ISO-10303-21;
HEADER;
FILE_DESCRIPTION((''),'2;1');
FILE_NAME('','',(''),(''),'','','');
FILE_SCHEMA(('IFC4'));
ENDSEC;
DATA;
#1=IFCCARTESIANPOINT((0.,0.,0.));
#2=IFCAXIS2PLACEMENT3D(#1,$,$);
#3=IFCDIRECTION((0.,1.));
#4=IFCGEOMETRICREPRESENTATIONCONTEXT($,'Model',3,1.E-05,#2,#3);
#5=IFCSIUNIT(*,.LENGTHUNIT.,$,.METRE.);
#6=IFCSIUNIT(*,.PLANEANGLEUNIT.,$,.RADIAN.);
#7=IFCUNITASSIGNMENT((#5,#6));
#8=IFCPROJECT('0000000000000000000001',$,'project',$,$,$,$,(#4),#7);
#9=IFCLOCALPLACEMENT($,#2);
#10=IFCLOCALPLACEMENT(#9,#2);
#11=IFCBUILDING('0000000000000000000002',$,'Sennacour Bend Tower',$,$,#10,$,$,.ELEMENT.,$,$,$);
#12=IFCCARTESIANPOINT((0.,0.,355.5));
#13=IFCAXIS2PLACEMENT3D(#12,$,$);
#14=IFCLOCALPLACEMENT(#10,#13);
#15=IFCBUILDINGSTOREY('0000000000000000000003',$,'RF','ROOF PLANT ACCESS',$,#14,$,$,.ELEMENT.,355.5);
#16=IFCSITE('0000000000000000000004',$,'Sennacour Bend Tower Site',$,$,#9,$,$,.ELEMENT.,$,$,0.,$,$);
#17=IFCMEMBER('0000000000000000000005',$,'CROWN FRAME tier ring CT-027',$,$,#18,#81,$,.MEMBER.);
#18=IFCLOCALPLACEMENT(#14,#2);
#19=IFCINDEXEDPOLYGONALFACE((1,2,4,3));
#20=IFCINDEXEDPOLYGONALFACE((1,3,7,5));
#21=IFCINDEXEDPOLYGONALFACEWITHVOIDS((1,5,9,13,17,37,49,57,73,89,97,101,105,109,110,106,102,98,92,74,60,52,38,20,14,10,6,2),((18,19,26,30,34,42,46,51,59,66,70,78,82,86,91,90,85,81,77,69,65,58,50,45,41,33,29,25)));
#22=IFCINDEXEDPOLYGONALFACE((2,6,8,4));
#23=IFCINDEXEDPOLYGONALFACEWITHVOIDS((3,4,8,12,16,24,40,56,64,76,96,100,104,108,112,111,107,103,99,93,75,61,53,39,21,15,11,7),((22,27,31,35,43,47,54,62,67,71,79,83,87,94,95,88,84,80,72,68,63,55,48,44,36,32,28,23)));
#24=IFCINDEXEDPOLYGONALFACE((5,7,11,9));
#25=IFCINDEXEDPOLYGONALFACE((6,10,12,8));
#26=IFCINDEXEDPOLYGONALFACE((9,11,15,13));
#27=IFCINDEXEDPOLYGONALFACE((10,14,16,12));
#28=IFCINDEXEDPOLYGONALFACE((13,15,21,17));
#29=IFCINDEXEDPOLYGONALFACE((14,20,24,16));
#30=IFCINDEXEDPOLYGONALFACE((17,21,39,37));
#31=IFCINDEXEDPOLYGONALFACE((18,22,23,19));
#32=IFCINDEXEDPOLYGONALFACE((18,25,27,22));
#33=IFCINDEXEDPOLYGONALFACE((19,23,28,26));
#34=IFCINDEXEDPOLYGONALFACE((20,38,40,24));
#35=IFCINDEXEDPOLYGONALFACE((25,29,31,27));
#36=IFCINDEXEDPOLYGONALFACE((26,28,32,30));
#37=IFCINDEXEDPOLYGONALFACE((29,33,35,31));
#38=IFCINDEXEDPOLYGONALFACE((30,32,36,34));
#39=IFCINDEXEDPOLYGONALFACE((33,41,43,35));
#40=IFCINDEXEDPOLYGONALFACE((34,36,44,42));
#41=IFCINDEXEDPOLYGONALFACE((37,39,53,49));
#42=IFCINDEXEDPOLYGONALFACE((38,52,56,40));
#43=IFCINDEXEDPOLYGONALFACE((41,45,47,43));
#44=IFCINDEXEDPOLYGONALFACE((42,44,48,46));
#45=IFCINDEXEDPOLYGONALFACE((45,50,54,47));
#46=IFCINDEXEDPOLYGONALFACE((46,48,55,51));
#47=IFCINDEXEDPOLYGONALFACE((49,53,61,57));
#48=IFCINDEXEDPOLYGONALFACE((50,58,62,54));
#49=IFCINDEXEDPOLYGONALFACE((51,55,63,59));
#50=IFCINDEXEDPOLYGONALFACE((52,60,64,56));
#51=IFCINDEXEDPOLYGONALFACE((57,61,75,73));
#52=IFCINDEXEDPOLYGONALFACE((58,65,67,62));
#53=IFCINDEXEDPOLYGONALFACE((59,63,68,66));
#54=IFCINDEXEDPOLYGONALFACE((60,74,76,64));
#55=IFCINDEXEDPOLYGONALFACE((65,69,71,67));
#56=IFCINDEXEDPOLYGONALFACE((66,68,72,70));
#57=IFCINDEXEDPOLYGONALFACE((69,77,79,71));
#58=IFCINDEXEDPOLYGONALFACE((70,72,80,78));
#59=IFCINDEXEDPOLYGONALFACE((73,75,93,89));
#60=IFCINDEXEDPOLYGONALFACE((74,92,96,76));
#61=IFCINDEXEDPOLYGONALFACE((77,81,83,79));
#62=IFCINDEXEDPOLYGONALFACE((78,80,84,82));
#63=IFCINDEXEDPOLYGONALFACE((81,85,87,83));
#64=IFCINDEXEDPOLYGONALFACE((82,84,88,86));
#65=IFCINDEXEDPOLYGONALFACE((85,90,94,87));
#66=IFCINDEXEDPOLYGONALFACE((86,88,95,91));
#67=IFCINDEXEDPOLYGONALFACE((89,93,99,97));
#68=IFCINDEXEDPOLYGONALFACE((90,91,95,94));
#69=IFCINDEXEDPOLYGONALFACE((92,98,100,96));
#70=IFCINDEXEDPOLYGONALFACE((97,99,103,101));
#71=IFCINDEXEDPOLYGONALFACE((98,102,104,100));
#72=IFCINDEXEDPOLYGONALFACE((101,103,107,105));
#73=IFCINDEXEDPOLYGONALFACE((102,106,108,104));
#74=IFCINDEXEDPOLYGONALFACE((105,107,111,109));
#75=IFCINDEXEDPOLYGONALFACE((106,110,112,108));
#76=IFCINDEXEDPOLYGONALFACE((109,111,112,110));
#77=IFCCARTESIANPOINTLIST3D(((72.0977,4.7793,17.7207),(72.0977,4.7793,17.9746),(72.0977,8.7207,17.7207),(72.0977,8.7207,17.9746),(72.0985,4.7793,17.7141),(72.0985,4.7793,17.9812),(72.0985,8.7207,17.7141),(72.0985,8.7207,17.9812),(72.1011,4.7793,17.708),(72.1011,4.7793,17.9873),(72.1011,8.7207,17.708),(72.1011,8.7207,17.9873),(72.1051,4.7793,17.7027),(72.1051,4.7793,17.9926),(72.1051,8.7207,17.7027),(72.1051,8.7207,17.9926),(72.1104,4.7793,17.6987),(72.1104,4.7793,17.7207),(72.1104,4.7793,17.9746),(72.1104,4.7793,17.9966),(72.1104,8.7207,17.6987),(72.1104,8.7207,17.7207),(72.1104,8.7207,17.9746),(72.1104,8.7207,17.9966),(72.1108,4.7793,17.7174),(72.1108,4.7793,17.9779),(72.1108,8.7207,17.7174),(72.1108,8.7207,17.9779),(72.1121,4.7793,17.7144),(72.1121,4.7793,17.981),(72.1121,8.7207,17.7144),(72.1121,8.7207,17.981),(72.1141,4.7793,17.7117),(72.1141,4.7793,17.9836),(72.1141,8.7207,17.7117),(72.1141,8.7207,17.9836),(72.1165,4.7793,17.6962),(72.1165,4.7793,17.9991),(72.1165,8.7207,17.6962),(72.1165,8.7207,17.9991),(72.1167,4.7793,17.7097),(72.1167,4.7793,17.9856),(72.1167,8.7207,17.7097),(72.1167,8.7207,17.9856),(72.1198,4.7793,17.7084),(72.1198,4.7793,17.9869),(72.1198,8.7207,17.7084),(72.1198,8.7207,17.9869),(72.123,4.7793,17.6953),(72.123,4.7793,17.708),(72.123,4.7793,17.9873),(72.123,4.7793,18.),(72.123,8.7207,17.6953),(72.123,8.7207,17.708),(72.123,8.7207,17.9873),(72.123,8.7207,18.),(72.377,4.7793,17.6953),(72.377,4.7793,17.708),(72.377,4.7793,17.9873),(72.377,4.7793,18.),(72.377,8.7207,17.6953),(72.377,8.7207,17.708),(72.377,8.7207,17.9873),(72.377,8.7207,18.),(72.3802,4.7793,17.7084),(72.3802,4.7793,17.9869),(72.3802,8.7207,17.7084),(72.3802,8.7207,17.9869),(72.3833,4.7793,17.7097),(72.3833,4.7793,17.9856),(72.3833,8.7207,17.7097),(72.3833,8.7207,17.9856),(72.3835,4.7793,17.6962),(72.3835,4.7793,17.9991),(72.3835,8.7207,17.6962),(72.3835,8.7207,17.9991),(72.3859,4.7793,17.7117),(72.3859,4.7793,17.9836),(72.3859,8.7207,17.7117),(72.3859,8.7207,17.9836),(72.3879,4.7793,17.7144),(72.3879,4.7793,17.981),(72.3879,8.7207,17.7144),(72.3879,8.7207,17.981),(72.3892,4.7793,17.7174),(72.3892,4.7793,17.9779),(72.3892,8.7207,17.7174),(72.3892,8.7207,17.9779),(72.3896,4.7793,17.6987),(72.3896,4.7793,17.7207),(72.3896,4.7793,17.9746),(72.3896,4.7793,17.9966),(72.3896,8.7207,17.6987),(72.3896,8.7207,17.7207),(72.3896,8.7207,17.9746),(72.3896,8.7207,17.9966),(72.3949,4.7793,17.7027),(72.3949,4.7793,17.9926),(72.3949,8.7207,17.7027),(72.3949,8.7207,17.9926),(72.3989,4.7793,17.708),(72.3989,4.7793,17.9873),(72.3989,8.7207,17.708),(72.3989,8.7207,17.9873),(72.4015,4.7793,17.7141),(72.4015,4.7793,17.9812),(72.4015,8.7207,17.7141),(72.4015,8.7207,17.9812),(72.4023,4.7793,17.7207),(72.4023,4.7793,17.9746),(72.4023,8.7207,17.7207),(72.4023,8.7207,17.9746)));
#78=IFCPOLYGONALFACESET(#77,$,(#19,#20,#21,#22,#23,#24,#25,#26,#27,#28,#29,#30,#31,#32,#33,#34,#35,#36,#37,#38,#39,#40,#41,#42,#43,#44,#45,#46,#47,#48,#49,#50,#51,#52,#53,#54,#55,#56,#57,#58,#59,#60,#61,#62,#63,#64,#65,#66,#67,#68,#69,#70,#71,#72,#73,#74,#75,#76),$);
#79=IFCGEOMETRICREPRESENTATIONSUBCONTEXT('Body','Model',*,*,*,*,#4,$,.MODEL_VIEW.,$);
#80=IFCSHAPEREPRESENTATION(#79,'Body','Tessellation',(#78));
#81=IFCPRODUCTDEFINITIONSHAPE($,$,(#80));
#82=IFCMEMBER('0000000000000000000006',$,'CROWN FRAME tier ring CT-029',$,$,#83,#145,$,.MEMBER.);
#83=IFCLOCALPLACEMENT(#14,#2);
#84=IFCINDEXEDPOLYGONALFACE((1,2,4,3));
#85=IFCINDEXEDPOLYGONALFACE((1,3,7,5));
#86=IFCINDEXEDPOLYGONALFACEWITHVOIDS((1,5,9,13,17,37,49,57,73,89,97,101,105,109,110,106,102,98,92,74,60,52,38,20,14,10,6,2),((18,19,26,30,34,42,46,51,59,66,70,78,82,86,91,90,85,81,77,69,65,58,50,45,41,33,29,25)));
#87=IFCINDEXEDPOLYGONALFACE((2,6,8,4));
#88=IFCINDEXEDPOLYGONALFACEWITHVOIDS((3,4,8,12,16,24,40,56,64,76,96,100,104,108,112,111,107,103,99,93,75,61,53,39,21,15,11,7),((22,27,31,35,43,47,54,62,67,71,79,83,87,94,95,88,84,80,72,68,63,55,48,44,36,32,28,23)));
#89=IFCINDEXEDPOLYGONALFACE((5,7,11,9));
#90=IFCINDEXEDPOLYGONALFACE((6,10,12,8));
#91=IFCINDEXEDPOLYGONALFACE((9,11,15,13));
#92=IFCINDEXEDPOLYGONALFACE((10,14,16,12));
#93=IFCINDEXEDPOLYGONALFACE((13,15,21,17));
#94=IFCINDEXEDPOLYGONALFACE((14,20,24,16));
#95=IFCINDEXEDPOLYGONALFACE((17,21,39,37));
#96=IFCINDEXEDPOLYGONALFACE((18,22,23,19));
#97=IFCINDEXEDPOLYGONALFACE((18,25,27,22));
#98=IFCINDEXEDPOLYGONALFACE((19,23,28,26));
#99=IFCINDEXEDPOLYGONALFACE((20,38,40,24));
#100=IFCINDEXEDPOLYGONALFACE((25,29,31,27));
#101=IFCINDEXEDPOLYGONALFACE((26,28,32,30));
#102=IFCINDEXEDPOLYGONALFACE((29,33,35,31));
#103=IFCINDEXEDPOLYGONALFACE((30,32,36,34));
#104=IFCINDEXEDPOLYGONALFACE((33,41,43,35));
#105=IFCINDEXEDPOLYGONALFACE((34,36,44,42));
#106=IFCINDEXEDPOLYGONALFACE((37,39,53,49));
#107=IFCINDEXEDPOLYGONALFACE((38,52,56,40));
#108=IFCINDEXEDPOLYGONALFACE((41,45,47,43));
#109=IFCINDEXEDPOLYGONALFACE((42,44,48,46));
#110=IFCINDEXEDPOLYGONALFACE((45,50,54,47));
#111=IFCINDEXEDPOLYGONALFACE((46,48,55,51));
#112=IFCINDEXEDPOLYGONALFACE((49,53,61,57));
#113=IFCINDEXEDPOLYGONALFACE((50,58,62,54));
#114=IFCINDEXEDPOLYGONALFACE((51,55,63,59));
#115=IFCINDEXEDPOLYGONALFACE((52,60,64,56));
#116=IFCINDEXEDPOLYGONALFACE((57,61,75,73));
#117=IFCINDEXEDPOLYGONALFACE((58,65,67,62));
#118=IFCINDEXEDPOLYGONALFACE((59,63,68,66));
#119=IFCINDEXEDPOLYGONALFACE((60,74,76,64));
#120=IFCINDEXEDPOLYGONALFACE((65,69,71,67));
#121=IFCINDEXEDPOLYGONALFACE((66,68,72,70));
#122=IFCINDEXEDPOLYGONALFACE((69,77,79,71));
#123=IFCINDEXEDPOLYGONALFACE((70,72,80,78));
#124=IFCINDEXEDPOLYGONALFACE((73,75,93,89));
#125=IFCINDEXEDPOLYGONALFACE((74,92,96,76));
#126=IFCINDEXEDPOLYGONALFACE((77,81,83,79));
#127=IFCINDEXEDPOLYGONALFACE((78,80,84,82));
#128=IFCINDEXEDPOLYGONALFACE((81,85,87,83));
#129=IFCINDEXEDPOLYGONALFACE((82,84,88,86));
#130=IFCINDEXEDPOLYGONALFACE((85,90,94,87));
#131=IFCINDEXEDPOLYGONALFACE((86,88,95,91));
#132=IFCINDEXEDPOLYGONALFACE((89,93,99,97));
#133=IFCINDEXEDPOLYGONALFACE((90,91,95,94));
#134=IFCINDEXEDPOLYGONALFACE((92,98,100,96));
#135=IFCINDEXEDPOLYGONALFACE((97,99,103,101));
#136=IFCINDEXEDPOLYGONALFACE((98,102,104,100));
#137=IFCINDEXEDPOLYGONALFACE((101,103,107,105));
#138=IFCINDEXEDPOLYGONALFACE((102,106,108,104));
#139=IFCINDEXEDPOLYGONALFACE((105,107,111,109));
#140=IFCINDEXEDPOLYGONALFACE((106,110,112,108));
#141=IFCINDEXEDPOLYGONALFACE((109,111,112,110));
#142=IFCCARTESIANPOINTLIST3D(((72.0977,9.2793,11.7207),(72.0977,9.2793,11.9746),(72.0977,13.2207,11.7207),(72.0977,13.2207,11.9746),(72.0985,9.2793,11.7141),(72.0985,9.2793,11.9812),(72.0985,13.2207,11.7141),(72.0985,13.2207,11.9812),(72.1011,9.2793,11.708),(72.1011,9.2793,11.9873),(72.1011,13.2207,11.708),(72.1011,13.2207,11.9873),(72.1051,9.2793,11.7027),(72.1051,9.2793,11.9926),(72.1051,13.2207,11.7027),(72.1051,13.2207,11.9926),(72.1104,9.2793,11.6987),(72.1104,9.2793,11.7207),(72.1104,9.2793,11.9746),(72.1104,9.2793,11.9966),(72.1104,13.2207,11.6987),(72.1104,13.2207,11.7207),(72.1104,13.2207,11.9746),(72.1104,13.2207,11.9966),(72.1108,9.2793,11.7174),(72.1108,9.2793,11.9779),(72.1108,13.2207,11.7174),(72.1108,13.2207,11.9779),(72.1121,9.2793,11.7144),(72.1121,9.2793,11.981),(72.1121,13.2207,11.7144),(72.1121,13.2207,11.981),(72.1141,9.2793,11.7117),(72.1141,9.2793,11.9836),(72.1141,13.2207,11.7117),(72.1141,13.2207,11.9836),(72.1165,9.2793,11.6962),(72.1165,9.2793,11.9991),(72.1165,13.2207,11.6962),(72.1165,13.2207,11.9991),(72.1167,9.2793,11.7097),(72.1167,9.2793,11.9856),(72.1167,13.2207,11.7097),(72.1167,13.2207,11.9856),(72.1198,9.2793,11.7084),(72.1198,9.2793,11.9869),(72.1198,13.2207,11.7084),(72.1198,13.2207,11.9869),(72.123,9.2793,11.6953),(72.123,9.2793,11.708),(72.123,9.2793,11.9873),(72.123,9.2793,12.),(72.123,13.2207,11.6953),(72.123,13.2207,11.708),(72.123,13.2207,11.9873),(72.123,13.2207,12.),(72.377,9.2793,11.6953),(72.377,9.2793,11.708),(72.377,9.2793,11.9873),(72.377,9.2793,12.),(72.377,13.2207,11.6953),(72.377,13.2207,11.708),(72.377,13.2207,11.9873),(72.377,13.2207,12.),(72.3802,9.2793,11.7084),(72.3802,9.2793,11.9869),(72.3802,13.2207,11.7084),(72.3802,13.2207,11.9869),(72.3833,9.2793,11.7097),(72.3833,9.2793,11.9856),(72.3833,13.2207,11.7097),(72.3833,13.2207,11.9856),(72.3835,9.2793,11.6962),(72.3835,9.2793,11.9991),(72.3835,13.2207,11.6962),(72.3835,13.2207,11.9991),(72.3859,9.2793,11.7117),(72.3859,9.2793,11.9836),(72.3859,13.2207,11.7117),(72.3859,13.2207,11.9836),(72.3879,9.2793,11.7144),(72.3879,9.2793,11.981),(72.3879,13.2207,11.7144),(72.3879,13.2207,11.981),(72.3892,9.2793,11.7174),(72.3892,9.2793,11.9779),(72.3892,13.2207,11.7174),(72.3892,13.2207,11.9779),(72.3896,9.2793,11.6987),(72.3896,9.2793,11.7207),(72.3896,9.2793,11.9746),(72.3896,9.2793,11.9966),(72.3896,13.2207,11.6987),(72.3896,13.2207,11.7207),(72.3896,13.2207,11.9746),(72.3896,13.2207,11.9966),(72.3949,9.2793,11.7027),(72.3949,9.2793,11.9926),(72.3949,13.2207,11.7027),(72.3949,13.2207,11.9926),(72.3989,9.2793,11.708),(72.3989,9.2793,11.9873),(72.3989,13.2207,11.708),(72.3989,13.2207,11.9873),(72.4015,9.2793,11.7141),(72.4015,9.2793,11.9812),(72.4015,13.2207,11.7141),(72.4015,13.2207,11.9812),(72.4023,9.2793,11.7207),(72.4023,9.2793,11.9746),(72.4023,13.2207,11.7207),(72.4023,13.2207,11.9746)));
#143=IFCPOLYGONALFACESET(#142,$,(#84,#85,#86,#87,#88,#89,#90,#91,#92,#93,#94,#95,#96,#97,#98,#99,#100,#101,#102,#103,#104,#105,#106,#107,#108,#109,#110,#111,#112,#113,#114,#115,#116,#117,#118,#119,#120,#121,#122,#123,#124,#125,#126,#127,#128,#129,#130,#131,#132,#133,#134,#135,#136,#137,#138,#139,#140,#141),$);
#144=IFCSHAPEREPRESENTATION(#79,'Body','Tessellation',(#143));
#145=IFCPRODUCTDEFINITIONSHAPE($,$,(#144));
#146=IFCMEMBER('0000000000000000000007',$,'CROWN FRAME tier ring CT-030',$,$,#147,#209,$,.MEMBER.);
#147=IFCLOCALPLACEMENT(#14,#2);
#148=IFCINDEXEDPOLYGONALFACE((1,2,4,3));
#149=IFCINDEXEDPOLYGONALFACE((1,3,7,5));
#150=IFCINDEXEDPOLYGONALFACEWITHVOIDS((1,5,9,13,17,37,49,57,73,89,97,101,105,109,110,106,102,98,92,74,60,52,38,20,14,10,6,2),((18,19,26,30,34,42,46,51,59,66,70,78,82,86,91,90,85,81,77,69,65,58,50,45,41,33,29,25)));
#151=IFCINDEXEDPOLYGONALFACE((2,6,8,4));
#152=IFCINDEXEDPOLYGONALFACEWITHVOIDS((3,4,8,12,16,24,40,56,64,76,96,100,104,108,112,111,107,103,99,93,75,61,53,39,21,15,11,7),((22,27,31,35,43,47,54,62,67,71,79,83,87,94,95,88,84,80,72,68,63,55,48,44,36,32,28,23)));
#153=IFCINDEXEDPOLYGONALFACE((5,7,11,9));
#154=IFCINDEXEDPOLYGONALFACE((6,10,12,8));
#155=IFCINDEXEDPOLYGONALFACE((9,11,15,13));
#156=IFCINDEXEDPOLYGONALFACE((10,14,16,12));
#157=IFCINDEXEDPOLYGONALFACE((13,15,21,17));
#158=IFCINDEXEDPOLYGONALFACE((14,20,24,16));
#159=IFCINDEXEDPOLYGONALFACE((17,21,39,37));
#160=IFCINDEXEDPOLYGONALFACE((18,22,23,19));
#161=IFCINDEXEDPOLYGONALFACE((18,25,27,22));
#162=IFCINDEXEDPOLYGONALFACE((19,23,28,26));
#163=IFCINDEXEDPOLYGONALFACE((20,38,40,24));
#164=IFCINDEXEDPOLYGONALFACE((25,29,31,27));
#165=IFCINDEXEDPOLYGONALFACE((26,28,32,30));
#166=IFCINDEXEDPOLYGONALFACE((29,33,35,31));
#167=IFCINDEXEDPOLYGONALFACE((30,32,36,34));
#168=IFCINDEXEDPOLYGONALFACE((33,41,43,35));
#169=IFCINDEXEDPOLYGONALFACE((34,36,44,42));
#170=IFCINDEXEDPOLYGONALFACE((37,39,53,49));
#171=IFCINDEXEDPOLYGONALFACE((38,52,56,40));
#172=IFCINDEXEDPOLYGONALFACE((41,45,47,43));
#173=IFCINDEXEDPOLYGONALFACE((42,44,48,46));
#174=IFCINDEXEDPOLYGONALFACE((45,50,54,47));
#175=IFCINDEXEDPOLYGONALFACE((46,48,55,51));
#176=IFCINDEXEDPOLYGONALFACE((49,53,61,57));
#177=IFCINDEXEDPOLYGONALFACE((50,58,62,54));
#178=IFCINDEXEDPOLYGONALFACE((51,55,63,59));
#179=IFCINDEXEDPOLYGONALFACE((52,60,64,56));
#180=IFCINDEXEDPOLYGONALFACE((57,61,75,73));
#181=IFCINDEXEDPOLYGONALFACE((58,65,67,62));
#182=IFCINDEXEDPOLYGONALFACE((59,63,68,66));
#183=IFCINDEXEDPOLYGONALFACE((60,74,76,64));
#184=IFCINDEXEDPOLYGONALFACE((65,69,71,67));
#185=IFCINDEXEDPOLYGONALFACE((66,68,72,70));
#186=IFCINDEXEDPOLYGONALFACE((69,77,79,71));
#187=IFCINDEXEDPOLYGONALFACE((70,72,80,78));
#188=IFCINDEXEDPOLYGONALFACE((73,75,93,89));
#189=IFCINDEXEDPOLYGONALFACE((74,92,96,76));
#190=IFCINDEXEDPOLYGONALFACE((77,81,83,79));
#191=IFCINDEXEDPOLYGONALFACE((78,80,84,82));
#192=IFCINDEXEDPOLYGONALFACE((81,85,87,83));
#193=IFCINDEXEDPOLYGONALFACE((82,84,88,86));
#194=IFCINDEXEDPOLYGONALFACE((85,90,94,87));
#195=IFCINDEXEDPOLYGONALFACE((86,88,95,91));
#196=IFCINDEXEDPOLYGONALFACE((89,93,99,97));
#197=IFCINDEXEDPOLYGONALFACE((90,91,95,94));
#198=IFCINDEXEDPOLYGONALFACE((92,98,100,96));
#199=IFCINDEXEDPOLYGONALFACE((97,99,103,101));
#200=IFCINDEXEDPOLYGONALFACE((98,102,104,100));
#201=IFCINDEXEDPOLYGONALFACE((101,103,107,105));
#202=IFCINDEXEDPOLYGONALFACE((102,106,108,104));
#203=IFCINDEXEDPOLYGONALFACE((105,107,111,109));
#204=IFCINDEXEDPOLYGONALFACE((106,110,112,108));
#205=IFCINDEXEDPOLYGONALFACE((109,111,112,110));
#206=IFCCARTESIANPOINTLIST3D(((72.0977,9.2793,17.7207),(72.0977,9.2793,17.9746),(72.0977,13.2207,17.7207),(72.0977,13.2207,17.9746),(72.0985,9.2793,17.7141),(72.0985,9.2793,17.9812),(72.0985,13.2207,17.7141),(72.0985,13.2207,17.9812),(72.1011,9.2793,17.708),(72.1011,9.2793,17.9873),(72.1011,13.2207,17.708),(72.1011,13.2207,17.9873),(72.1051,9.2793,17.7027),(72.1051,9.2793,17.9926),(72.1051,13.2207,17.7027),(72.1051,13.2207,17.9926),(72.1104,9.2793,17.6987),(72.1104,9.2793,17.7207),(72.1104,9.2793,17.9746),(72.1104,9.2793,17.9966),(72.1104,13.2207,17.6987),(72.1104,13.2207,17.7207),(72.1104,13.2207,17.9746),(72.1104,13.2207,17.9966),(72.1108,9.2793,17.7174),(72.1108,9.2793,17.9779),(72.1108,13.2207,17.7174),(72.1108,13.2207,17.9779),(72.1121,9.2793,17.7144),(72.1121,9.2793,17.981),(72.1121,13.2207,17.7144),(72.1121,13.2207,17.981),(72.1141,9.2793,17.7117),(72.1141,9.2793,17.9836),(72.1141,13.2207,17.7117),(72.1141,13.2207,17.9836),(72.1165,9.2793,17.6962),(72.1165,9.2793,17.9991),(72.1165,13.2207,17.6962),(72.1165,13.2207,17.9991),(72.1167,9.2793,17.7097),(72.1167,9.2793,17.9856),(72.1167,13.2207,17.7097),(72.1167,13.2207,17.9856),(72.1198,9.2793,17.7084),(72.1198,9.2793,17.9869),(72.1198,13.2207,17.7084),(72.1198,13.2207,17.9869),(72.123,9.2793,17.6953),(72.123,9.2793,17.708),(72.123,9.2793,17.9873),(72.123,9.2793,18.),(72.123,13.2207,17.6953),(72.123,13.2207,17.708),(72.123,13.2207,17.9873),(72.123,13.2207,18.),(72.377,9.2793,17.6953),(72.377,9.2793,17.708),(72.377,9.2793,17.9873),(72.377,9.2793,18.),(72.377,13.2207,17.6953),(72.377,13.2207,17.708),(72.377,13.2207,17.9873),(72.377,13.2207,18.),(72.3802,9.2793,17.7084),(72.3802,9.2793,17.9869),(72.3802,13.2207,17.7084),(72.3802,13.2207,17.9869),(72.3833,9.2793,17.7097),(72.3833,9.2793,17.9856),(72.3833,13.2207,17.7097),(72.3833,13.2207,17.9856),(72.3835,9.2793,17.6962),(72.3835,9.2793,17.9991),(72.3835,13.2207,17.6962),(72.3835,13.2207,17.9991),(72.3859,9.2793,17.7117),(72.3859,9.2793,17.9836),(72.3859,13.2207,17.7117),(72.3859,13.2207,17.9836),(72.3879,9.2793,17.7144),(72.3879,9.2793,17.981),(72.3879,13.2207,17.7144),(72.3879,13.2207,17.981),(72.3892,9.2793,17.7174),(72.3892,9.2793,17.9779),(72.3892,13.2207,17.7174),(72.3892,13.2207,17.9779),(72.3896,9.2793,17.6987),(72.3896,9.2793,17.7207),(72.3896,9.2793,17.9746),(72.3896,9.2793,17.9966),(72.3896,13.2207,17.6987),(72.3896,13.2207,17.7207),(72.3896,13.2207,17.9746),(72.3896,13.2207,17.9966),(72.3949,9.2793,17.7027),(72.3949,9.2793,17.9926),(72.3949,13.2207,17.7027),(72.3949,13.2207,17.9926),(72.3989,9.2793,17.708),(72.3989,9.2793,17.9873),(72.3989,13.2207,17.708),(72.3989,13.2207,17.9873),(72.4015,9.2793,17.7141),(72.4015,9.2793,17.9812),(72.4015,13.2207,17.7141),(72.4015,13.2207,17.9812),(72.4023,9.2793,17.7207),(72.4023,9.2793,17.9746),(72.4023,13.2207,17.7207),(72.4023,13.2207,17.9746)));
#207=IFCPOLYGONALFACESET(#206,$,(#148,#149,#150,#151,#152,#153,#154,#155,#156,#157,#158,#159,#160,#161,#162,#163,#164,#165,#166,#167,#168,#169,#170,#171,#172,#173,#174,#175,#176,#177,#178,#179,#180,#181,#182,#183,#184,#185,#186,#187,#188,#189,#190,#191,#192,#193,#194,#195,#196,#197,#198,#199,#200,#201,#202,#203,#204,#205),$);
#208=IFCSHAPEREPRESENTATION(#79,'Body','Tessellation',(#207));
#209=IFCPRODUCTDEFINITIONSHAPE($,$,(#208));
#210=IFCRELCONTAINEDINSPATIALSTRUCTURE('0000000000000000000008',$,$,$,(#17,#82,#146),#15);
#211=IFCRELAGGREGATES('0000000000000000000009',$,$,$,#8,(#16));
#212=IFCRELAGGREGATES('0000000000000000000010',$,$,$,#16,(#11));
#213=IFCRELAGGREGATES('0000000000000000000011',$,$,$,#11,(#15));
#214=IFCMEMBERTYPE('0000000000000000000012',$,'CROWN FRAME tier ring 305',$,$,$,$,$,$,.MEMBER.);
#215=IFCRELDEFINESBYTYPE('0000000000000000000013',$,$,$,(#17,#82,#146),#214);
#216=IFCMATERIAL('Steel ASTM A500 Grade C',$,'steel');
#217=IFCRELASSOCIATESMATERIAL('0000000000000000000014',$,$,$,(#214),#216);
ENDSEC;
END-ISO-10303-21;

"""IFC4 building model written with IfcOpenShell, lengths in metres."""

from ifc_helpers import new_model, si_unit, direction, frame, origin, origin_2d, place, context, subcontext, project, spatial, hollow_rectangle, extrude, material, material_profile, profile_set, type_object, element, save


model = new_model("IFC4")

# Units and contexts
model_context = context("Model", 3, precision=1e-05, world=origin(), true_north=direction((0.0, 1.0)))
body_context = subcontext(model_context, "Body", "Model", "MODEL_VIEW")
ifc_project = project(units=[si_unit("LENGTHUNIT", "METRE"), si_unit("PLANEANGLEUNIT", "RADIAN")], contexts=[model_context])

# Site, building, storey
site_placement = place(None, origin())
site = spatial("IfcSite", under=ifc_project, at=site_placement, Name="Sennacour Bend Tower Site", CompositionType="ELEMENT", RefElevation=0.0)
building_placement = place(site_placement, origin())
building = spatial("IfcBuilding", under=site, at=building_placement, Name="Sennacour Bend Tower", CompositionType="ELEMENT")
storey_placement = place(building_placement, frame((0.0, 0.0, 355.5)))
storey = spatial("IfcBuildingStorey", under=building, at=storey_placement, Name="RF", Description="ROOF PLANT ACCESS", CompositionType="ELEMENT", Elevation=355.5)

# Shared definitions
ifc_material_1 = material(Name="Steel ASTM A500 Grade C", Category="steel")

# Members
ifc_material_profile_1 = material_profile(ifc_material_1, hollow_rectangle(XDim=0.3047, YDim=0.3047, WallThickness=0.0127, InnerFilletRadius=0.0127, OuterFilletRadius=0.0254, at=origin_2d()), Name="Steel ASTM A500 Grade C", Category="steel")
ifc_profile_set_1 = profile_set([ifc_material_profile_1], Name="Steel ASTM A500 Grade C")
member_type_1 = type_object("IfcMemberType", Name="CROWN FRAME tier ring 305", PredefinedType="MEMBER", material=ifc_profile_set_1)
for number, where, z_axis, x_axis, name in (
    (1, (72.25, 4.7793, 17.8477), (0.0, 1.0, 0.0), (-1.0, 0.0, 0.0), "CROWN FRAME tier ring CT-027"),
    (2, (72.25, 9.2793, 11.8477), (0.0, 1.0, 0.0), (-1.0, 0.0, 0.0), "CROWN FRAME tier ring CT-029"),
    (3, (72.25, 9.2793, 17.8477), (0.0, 1.0, 0.0), (-1.0, 0.0, 0.0), "CROWN FRAME tier ring CT-030"),
):
    element("IfcMember", number, at=place(storey_placement, frame(where, z_axis=z_axis, x_axis=x_axis)), inside=storey, type_object=member_type_1, Name=name, PredefinedType="MEMBER", context=body_context, shape_type="SweptSolid", body=[
        extrude(hollow_rectangle(XDim=0.3047, YDim=0.3047, WallThickness=0.0127, InnerFilletRadius=0.0127, OuterFilletRadius=0.0254, at=origin_2d()), origin(), (0.0, 0.0, 1.0), 3.9414),
    ])

save(model, "model.ifc")
